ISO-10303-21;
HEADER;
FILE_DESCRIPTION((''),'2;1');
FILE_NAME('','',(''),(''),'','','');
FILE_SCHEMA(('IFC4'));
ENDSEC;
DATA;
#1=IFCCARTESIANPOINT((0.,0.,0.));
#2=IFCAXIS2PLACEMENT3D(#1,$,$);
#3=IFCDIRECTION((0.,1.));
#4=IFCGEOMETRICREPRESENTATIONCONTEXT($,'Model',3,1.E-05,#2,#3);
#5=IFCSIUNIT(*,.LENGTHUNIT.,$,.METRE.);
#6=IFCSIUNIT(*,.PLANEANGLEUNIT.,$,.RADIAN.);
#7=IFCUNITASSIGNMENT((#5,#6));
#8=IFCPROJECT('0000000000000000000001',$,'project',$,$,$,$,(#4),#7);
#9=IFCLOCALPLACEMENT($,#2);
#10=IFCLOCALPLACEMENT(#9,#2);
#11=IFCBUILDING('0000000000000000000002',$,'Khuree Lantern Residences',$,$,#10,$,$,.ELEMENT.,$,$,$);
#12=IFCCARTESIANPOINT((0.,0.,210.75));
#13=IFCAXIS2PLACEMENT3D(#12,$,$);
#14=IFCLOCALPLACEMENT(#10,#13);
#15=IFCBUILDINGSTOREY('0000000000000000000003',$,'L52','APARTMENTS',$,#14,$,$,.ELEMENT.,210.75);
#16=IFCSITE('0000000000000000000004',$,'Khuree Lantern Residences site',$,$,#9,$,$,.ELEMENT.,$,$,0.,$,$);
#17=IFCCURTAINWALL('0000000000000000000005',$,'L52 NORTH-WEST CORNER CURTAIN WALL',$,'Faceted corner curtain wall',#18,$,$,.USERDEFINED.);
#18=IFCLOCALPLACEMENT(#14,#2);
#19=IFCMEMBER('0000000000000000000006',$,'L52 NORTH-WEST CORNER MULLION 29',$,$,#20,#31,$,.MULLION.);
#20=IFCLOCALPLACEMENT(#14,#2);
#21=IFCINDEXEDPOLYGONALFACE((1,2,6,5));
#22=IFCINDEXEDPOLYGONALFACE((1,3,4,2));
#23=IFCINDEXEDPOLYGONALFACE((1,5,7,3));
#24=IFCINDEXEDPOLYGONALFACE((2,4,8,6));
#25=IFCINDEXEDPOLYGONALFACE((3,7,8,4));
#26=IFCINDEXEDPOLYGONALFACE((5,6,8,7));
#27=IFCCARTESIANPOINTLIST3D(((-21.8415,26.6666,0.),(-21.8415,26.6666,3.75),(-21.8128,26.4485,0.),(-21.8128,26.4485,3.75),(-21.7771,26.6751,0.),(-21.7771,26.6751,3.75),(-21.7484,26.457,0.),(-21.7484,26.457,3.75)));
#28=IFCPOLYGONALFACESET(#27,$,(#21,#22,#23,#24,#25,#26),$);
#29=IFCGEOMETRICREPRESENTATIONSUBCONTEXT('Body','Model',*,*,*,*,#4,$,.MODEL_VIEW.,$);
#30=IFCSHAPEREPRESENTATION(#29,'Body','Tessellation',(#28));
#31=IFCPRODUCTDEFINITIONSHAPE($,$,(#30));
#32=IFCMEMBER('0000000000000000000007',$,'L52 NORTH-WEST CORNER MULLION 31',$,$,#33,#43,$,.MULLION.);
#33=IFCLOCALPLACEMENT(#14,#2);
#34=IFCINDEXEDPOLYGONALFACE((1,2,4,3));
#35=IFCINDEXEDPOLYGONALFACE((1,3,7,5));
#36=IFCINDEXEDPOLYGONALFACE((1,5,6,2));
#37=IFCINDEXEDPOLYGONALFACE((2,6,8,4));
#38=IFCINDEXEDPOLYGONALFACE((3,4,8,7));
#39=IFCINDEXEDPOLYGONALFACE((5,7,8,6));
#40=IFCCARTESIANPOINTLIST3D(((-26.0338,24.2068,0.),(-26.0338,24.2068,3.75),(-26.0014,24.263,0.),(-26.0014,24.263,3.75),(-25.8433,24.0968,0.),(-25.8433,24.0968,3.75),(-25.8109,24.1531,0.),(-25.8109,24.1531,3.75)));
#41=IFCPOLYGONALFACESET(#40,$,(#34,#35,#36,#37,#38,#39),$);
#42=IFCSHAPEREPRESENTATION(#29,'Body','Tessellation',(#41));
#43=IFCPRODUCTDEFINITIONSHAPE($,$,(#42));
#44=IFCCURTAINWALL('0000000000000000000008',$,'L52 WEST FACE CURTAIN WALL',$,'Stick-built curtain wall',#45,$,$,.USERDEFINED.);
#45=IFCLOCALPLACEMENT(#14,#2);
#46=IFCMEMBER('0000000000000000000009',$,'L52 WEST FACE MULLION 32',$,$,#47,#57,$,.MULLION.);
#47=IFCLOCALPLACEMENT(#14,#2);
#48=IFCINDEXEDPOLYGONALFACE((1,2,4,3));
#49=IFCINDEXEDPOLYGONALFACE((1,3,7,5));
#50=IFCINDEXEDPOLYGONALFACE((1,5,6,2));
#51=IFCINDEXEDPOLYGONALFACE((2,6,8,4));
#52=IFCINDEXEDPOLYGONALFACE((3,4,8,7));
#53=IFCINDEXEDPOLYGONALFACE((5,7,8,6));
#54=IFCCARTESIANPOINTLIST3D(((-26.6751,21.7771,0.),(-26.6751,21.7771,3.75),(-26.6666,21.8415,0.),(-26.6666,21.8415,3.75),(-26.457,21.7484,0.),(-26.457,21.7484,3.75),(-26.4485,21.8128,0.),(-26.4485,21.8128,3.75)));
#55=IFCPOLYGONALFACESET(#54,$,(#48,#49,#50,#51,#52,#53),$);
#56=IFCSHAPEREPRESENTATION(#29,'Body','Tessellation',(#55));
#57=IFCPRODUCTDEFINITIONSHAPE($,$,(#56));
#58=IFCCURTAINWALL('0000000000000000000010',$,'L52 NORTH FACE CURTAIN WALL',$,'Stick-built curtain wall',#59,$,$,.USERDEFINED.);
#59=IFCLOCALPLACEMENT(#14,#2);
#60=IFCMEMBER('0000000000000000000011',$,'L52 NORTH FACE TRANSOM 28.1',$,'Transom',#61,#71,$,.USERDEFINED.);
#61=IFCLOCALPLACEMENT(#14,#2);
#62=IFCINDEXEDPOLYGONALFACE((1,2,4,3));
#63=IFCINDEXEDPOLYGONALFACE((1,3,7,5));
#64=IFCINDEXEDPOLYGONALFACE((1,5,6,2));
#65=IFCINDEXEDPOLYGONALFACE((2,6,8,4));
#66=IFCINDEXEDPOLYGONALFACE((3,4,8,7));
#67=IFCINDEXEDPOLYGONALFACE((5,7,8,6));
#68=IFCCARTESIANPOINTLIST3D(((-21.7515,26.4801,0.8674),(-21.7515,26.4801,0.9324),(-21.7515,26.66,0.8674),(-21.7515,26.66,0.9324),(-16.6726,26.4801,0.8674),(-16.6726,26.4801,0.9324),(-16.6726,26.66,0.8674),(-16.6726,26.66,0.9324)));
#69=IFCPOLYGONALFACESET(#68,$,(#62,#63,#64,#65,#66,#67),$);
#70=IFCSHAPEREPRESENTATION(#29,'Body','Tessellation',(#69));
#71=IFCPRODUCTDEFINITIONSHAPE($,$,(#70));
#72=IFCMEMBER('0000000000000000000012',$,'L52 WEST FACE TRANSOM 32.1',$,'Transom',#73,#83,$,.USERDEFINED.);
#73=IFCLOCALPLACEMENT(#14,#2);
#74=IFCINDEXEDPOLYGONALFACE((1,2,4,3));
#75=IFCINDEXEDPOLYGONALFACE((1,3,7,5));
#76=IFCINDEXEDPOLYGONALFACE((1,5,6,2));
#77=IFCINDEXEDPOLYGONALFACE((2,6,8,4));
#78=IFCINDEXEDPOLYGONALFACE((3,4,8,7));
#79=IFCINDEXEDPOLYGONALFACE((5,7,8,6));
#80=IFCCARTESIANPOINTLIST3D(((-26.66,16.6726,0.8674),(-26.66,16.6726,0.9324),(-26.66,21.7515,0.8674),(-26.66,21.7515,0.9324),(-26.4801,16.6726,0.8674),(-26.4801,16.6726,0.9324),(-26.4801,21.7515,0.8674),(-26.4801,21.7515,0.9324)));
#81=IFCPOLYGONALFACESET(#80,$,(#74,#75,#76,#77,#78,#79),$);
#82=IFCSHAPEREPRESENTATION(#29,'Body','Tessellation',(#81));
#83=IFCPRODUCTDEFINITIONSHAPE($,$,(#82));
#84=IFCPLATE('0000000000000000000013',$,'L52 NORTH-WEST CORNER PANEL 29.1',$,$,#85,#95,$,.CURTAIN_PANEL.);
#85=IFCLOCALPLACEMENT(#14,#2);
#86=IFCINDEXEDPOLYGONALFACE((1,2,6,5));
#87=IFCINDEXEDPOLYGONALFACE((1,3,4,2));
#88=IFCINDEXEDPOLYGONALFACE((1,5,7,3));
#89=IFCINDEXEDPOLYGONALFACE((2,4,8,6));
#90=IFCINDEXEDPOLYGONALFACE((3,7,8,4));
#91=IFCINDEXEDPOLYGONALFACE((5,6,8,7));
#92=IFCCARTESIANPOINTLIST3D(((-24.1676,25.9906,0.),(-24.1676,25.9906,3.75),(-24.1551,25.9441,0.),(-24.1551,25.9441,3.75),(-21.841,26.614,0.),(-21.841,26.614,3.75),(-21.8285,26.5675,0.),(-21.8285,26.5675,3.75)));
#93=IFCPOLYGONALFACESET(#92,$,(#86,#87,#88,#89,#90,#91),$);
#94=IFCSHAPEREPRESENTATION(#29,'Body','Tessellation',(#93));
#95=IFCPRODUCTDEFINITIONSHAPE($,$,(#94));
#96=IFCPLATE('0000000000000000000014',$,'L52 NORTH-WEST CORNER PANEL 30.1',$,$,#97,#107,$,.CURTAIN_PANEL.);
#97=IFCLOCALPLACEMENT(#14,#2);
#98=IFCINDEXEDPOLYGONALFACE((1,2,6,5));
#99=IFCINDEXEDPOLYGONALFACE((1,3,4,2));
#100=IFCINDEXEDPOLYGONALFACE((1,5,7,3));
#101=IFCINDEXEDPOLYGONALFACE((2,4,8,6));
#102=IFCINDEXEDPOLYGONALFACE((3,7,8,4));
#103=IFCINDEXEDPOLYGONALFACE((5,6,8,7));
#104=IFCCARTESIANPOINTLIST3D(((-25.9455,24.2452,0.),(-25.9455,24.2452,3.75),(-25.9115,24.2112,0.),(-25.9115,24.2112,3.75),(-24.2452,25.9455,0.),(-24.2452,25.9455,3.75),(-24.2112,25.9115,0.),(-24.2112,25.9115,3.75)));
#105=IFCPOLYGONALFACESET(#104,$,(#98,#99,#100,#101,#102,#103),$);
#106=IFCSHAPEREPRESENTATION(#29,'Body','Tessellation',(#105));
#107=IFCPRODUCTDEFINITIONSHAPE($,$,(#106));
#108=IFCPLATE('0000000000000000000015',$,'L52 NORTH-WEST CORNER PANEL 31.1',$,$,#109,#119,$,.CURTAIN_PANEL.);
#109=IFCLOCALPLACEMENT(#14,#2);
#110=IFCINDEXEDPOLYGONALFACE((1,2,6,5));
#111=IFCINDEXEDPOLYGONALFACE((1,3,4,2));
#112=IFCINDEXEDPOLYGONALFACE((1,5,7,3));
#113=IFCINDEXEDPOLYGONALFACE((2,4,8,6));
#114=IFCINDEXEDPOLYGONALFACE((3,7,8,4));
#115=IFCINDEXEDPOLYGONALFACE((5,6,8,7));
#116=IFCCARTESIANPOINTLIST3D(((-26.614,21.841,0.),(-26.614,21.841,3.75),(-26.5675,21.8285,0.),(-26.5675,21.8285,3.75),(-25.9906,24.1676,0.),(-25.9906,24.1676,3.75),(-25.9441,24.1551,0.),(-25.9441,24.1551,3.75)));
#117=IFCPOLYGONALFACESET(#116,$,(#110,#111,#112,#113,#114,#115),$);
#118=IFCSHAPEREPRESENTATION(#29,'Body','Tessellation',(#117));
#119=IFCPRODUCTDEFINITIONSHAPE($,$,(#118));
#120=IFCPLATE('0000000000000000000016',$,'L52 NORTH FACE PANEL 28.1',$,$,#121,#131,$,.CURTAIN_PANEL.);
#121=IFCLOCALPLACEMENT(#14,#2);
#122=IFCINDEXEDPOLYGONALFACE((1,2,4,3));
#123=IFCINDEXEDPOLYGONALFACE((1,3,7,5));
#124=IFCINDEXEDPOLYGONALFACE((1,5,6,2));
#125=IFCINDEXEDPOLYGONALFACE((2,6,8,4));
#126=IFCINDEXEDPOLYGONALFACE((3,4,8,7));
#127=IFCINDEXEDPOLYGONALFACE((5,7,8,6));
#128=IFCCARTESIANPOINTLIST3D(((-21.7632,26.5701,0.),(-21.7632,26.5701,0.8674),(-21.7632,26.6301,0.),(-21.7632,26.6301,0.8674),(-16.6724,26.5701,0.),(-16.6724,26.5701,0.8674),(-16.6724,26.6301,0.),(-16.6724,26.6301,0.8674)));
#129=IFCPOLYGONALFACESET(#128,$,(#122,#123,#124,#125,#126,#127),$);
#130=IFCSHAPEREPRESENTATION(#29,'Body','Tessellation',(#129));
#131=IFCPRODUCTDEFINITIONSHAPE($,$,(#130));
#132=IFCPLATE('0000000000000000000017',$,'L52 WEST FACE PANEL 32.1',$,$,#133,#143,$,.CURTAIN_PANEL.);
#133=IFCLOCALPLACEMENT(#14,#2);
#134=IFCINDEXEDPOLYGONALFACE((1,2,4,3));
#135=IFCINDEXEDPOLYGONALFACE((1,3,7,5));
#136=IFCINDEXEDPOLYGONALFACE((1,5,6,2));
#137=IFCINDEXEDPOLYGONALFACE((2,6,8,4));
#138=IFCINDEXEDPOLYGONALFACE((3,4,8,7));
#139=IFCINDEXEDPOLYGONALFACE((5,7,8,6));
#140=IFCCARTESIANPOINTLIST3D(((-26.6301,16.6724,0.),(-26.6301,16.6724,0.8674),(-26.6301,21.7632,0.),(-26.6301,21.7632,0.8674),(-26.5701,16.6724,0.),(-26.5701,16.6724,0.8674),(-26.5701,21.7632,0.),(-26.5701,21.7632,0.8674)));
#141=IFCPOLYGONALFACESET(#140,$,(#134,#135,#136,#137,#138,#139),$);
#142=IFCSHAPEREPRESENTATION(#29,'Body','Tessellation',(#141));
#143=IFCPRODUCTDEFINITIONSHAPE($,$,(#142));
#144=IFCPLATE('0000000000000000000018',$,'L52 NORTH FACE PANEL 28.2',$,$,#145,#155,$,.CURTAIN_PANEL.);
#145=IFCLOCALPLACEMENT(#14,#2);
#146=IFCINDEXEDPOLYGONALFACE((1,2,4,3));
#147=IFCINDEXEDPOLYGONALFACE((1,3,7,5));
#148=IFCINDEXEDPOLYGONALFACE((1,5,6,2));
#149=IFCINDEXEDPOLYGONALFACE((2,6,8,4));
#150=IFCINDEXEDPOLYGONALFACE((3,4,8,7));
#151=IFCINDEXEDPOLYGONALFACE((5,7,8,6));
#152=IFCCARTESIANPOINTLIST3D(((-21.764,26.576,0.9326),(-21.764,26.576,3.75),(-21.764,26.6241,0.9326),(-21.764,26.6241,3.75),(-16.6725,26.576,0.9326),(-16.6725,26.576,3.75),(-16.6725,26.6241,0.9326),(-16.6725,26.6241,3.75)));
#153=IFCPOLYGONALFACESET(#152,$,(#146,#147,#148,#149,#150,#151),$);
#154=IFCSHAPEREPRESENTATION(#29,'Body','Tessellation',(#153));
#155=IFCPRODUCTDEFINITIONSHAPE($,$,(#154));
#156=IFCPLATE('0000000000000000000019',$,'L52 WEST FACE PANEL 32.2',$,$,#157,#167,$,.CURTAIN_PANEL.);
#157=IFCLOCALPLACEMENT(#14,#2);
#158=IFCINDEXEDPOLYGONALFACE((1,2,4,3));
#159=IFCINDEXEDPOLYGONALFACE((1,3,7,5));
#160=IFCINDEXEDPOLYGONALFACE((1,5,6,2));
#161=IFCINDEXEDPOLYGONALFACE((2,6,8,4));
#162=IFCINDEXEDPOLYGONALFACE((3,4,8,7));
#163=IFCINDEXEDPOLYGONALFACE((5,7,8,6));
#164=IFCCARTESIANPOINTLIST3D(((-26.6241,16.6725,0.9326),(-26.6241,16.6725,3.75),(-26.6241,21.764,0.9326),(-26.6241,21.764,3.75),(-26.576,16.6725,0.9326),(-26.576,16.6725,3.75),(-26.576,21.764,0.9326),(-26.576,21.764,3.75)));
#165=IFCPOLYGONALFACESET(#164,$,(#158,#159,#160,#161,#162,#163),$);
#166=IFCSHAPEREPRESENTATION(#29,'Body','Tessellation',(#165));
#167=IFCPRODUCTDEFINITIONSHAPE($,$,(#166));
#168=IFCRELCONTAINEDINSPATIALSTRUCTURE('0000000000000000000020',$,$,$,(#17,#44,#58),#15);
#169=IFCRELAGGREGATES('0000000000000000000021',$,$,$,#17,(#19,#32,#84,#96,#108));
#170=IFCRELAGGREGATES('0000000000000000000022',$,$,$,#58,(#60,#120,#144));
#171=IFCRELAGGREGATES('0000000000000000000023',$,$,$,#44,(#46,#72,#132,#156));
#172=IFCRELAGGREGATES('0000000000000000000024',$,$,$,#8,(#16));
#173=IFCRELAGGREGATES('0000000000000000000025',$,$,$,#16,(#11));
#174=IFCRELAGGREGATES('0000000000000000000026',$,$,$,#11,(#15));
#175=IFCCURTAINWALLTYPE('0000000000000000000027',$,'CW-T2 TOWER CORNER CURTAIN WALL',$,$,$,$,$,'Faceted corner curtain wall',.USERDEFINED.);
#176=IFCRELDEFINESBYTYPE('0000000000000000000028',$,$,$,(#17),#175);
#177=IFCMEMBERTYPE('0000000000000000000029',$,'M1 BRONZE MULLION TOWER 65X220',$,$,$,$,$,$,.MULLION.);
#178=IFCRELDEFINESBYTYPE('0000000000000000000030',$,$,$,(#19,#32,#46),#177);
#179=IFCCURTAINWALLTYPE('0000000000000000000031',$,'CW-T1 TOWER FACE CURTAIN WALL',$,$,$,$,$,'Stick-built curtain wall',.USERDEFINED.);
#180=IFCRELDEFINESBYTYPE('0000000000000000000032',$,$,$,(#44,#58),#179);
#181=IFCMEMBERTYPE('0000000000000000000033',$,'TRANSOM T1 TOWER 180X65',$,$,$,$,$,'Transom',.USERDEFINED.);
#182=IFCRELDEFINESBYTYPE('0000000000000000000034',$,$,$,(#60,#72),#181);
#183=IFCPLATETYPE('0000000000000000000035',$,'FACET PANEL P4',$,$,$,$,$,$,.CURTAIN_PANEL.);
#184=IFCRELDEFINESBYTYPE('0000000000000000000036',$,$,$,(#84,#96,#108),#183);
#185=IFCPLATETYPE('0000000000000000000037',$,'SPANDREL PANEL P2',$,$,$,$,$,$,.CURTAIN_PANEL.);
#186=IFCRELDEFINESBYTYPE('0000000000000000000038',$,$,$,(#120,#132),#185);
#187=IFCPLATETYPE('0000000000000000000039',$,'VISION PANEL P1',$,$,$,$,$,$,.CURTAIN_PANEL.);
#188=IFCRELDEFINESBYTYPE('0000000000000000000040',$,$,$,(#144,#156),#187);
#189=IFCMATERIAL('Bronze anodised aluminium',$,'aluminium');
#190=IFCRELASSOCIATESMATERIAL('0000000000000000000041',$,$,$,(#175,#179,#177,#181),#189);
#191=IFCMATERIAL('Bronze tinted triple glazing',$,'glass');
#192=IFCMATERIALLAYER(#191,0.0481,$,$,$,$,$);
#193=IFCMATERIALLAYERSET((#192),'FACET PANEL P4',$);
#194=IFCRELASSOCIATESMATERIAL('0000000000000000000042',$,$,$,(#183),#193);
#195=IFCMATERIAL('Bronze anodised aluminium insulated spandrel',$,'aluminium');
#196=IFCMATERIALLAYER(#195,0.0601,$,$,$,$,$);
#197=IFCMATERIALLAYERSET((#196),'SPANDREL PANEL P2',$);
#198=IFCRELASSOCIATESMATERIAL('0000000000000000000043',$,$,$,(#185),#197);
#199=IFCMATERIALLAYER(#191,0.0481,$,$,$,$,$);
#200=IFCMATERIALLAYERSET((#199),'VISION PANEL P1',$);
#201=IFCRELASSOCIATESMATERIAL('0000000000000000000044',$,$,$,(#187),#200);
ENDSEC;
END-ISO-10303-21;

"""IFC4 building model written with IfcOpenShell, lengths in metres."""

from ifc_helpers import new_model, si_unit, direction, frame, origin, origin_2d, place, context, subcontext, project, spatial, rectangle, extrude, material, layer, layer_set, material_profile, profile_set, type_object, element, aggregate, save


model = new_model("IFC4")

# Units and contexts
model_context = context("Model", 3, precision=1e-05, world=origin(), true_north=direction((0.0, 1.0)))
body_context = subcontext(model_context, "Body", "Model", "MODEL_VIEW")
ifc_project = project(units=[si_unit("LENGTHUNIT", "METRE"), si_unit("PLANEANGLEUNIT", "RADIAN")], contexts=[model_context])

# Site, building, storey
site_placement = place(None, origin())
site = spatial("IfcSite", under=ifc_project, at=site_placement, Name="Khuree Lantern Residences site", CompositionType="ELEMENT", RefElevation=0.0)
building_placement = place(site_placement, origin())
building = spatial("IfcBuilding", under=site, at=building_placement, Name="Khuree Lantern Residences", CompositionType="ELEMENT")
storey_placement = place(building_placement, frame((0.0, 0.0, 210.75)))
storey = spatial("IfcBuildingStorey", under=building, at=storey_placement, Name="L52", Description="APARTMENTS", CompositionType="ELEMENT", Elevation=210.75)

# Curtain wall
ifc_material_1 = material(Name="Bronze anodised aluminium", Category="aluminium")
curtain_wall_type_1 = type_object("IfcCurtainWallType", Name="CW-T2 TOWER CORNER CURTAIN WALL", ElementType="Faceted corner curtain wall", PredefinedType="USERDEFINED", material=ifc_material_1)
curtain_wall_1_placement = place(storey_placement, origin())
curtain_wall_1 = element("IfcCurtainWall", 1, at=curtain_wall_1_placement, inside=storey, type_object=curtain_wall_type_1, Name="L52 NORTH-WEST CORNER CURTAIN WALL", ObjectType="Faceted corner curtain wall", PredefinedType="USERDEFINED")

# Members
ifc_material_profile_1 = material_profile(ifc_material_1, rectangle(XDim=0.0649, YDim=0.22, at=origin_2d()), Name="M1 65X220")
ifc_profile_set_1 = profile_set([ifc_material_profile_1], Name="Bronze anodised aluminium")
member_type_1 = type_object("IfcMemberType", Name="M1 BRONZE MULLION TOWER 65X220", PredefinedType="MULLION", material=ifc_profile_set_1)
member_1_placement = place(storey_placement, frame((-21.7949, 26.5618, 0.0), z_axis=(0.0, 0.0, 1.0), x_axis=(-0.991445, -0.130526, 0.0)))
member_1 = element("IfcMember", 2, at=member_1_placement, type_object=member_type_1, Name="L52 NORTH-WEST CORNER MULLION 29", PredefinedType="MULLION", context=body_context, shape_type="SweptSolid", body=[
    extrude(rectangle(XDim=0.0649, YDim=0.22, at=origin_2d()), origin(), (0.0, 0.0, 1.0), 3.75),
])
member_2_placement = place(storey_placement, frame((-25.9224, 24.1799, 0.0), z_axis=(0.0, 0.0, 1.0), x_axis=(-0.5, -0.866025, 0.0)))
member_2 = element("IfcMember", 3, at=member_2_placement, type_object=member_type_1, Name="L52 NORTH-WEST CORNER MULLION 31", PredefinedType="MULLION", context=body_context, shape_type="SweptSolid", body=[
    extrude(rectangle(XDim=0.0649, YDim=0.22, at=origin_2d()), origin(), (0.0, 0.0, 1.0), 3.75),
])

# Curtain walls, members
curtain_wall_type_2 = type_object("IfcCurtainWallType", Name="CW-T1 TOWER FACE CURTAIN WALL", ElementType="Stick-built curtain wall", PredefinedType="USERDEFINED", material=ifc_material_1)
curtain_wall_2_placement = place(storey_placement, origin())
curtain_wall_2 = element("IfcCurtainWall", 4, at=curtain_wall_2_placement, inside=storey, type_object=curtain_wall_type_2, Name="L52 WEST FACE CURTAIN WALL", ObjectType="Stick-built curtain wall", PredefinedType="USERDEFINED")
member_3_placement = place(storey_placement, frame((-26.5618, 21.7949, 0.0), z_axis=(0.0, 0.0, 1.0), x_axis=(-0.130526, -0.991445, 0.0)))
member_3 = element("IfcMember", 5, at=member_3_placement, type_object=member_type_1, Name="L52 WEST FACE MULLION 32", PredefinedType="MULLION", context=body_context, shape_type="SweptSolid", body=[
    extrude(rectangle(XDim=0.0649, YDim=0.22, at=origin_2d()), origin(), (0.0, 0.0, 1.0), 3.75),
])
curtain_wall_3_placement = place(storey_placement, origin())
curtain_wall_3 = element("IfcCurtainWall", 6, at=curtain_wall_3_placement, inside=storey, type_object=curtain_wall_type_2, Name="L52 NORTH FACE CURTAIN WALL", ObjectType="Stick-built curtain wall", PredefinedType="USERDEFINED")
ifc_material_profile_2 = material_profile(ifc_material_1, rectangle(XDim=0.1799, YDim=0.0649, at=origin_2d()), Name="T1 180X65")
ifc_profile_set_2 = profile_set([ifc_material_profile_2], Name="Bronze anodised aluminium")
member_type_2 = type_object("IfcMemberType", Name="TRANSOM T1 TOWER 180X65", ElementType="Transom", PredefinedType="USERDEFINED", material=ifc_profile_set_2)
member_4_placement = place(storey_placement, frame((-16.6726, 26.5701, 0.8999), z_axis=(-1.0, 0.0, 0.0), x_axis=(0.0, -1.0, 0.0)))
member_4 = element("IfcMember", 7, at=member_4_placement, type_object=member_type_2, Name="L52 NORTH FACE TRANSOM 28.1", ObjectType="Transom", PredefinedType="USERDEFINED", context=body_context, shape_type="SweptSolid", body=[
    extrude(rectangle(XDim=0.1799, YDim=0.0649, at=origin_2d()), origin(), (0.0, 0.0, 1.0), 5.0789),
])

# Member
member_5_placement = place(storey_placement, frame((-26.5701, 21.7515, 0.8999), z_axis=(0.0, -1.0, 0.0), x_axis=(1.0, 0.0, 0.0)))
member_5 = element("IfcMember", 8, at=member_5_placement, type_object=member_type_2, Name="L52 WEST FACE TRANSOM 32.1", ObjectType="Transom", PredefinedType="USERDEFINED", context=body_context, shape_type="SweptSolid", body=[
    extrude(rectangle(XDim=0.1799, YDim=0.0649, at=origin_2d()), origin(), (0.0, 0.0, 1.0), 5.0789),
])

# Plates
ifc_material_2 = material(Name="Bronze tinted triple glazing", Category="glass")
ifc_layer_1 = layer(ifc_material_2, 0.0481)
ifc_layer_set_1 = layer_set([ifc_layer_1], Name="FACET PANEL P4")
plate_type_1 = type_object("IfcPlateType", Name="FACET PANEL P4", PredefinedType="CURTAIN_PANEL", material=ifc_layer_set_1)
plate_1_placement = place(storey_placement, frame((-22.998, 26.2791, 0.0), z_axis=(0.0, 0.0, 1.0), x_axis=(-0.965926, -0.258819, 0.0)))
plate_1 = element("IfcPlate", 9, at=plate_1_placement, type_object=plate_type_1, Name="L52 NORTH-WEST CORNER PANEL 29.1", PredefinedType="CURTAIN_PANEL", context=body_context, shape_type="SweptSolid", body=[
    extrude(rectangle(XDim=2.4087, YDim=0.0481, at=origin_2d()), origin(), (0.0, 0.0, 1.0), 3.75),
])
plate_2_placement = place(storey_placement, frame((-25.0784, 25.0784, 0.0), z_axis=(0.0, 0.0, 1.0), x_axis=(-0.707107, -0.707107, 0.0)))
plate_2 = element("IfcPlate", 10, at=plate_2_placement, type_object=plate_type_1, Name="L52 NORTH-WEST CORNER PANEL 30.1", PredefinedType="CURTAIN_PANEL", context=body_context, shape_type="SweptSolid", body=[
    extrude(rectangle(XDim=2.4045, YDim=0.0481, at=origin_2d()), origin(), (0.0, 0.0, 1.0), 3.75),
])
plate_3_placement = place(storey_placement, frame((-26.2791, 22.998, 0.0), z_axis=(0.0, 0.0, 1.0), x_axis=(-0.258819, -0.965926, 0.0)))
plate_3 = element("IfcPlate", 11, at=plate_3_placement, type_object=plate_type_1, Name="L52 NORTH-WEST CORNER PANEL 31.1", PredefinedType="CURTAIN_PANEL", context=body_context, shape_type="SweptSolid", body=[
    extrude(rectangle(XDim=2.4087, YDim=0.0481, at=origin_2d()), origin(), (0.0, 0.0, 1.0), 3.75),
])
aggregate(curtain_wall_1, [member_1, member_2, plate_1, plate_2, plate_3])
ifc_material_3 = material(Name="Bronze anodised aluminium insulated spandrel", Category="aluminium")
ifc_layer_2 = layer(ifc_material_3, 0.0601)
ifc_layer_set_2 = layer_set([ifc_layer_2], Name="SPANDREL PANEL P2")
plate_type_2 = type_object("IfcPlateType", Name="SPANDREL PANEL P2", PredefinedType="CURTAIN_PANEL", material=ifc_layer_set_2)
plate_4_placement = place(storey_placement, frame((-19.2178, 26.6001, 0.0), z_axis=(0.0, 0.0, 1.0), x_axis=(-1.0, 0.0, 0.0)))
plate_4 = element("IfcPlate", 12, at=plate_4_placement, type_object=plate_type_2, Name="L52 NORTH FACE PANEL 28.1", PredefinedType="CURTAIN_PANEL", context=body_context, shape_type="SweptSolid", body=[
    extrude(rectangle(XDim=5.0908, YDim=0.0601, at=origin_2d()), origin(), (0.0, 0.0, 1.0), 0.8674),
])
plate_5_placement = place(storey_placement, frame((-26.6001, 19.2178, 0.0), z_axis=(0.0, 0.0, 1.0), x_axis=(0.0, -1.0, 0.0)))
plate_5 = element("IfcPlate", 13, at=plate_5_placement, type_object=plate_type_2, Name="L52 WEST FACE PANEL 32.1", PredefinedType="CURTAIN_PANEL", context=body_context, shape_type="SweptSolid", body=[
    extrude(rectangle(XDim=5.0908, YDim=0.0601, at=origin_2d()), origin(), (0.0, 0.0, 1.0), 0.8674),
])
ifc_layer_3 = layer(ifc_material_2, 0.0481)
ifc_layer_set_3 = layer_set([ifc_layer_3], Name="VISION PANEL P1")
plate_type_3 = type_object("IfcPlateType", Name="VISION PANEL P1", PredefinedType="CURTAIN_PANEL", material=ifc_layer_set_3)
plate_6_placement = place(storey_placement, frame((-19.2183, 26.6001, 0.9326), z_axis=(0.0, 0.0, 1.0), x_axis=(-1.0, 0.0, 0.0)))
plate_6 = element("IfcPlate", 14, at=plate_6_placement, type_object=plate_type_3, Name="L52 NORTH FACE PANEL 28.2", PredefinedType="CURTAIN_PANEL", context=body_context, shape_type="SweptSolid", body=[
    extrude(rectangle(XDim=5.0916, YDim=0.0481, at=origin_2d()), origin(), (0.0, 0.0, 1.0), 2.8174),
])
aggregate(curtain_wall_3, [member_4, plate_4, plate_6])
plate_7_placement = place(storey_placement, frame((-26.6001, 19.2183, 0.9326), z_axis=(0.0, 0.0, 1.0), x_axis=(0.0, -1.0, 0.0)))
plate_7 = element("IfcPlate", 15, at=plate_7_placement, type_object=plate_type_3, Name="L52 WEST FACE PANEL 32.2", PredefinedType="CURTAIN_PANEL", context=body_context, shape_type="SweptSolid", body=[
    extrude(rectangle(XDim=5.0916, YDim=0.0481, at=origin_2d()), origin(), (0.0, 0.0, 1.0), 2.8174),
])
aggregate(curtain_wall_2, [member_3, member_5, plate_5, plate_7])

save(model, "model.ifc")
